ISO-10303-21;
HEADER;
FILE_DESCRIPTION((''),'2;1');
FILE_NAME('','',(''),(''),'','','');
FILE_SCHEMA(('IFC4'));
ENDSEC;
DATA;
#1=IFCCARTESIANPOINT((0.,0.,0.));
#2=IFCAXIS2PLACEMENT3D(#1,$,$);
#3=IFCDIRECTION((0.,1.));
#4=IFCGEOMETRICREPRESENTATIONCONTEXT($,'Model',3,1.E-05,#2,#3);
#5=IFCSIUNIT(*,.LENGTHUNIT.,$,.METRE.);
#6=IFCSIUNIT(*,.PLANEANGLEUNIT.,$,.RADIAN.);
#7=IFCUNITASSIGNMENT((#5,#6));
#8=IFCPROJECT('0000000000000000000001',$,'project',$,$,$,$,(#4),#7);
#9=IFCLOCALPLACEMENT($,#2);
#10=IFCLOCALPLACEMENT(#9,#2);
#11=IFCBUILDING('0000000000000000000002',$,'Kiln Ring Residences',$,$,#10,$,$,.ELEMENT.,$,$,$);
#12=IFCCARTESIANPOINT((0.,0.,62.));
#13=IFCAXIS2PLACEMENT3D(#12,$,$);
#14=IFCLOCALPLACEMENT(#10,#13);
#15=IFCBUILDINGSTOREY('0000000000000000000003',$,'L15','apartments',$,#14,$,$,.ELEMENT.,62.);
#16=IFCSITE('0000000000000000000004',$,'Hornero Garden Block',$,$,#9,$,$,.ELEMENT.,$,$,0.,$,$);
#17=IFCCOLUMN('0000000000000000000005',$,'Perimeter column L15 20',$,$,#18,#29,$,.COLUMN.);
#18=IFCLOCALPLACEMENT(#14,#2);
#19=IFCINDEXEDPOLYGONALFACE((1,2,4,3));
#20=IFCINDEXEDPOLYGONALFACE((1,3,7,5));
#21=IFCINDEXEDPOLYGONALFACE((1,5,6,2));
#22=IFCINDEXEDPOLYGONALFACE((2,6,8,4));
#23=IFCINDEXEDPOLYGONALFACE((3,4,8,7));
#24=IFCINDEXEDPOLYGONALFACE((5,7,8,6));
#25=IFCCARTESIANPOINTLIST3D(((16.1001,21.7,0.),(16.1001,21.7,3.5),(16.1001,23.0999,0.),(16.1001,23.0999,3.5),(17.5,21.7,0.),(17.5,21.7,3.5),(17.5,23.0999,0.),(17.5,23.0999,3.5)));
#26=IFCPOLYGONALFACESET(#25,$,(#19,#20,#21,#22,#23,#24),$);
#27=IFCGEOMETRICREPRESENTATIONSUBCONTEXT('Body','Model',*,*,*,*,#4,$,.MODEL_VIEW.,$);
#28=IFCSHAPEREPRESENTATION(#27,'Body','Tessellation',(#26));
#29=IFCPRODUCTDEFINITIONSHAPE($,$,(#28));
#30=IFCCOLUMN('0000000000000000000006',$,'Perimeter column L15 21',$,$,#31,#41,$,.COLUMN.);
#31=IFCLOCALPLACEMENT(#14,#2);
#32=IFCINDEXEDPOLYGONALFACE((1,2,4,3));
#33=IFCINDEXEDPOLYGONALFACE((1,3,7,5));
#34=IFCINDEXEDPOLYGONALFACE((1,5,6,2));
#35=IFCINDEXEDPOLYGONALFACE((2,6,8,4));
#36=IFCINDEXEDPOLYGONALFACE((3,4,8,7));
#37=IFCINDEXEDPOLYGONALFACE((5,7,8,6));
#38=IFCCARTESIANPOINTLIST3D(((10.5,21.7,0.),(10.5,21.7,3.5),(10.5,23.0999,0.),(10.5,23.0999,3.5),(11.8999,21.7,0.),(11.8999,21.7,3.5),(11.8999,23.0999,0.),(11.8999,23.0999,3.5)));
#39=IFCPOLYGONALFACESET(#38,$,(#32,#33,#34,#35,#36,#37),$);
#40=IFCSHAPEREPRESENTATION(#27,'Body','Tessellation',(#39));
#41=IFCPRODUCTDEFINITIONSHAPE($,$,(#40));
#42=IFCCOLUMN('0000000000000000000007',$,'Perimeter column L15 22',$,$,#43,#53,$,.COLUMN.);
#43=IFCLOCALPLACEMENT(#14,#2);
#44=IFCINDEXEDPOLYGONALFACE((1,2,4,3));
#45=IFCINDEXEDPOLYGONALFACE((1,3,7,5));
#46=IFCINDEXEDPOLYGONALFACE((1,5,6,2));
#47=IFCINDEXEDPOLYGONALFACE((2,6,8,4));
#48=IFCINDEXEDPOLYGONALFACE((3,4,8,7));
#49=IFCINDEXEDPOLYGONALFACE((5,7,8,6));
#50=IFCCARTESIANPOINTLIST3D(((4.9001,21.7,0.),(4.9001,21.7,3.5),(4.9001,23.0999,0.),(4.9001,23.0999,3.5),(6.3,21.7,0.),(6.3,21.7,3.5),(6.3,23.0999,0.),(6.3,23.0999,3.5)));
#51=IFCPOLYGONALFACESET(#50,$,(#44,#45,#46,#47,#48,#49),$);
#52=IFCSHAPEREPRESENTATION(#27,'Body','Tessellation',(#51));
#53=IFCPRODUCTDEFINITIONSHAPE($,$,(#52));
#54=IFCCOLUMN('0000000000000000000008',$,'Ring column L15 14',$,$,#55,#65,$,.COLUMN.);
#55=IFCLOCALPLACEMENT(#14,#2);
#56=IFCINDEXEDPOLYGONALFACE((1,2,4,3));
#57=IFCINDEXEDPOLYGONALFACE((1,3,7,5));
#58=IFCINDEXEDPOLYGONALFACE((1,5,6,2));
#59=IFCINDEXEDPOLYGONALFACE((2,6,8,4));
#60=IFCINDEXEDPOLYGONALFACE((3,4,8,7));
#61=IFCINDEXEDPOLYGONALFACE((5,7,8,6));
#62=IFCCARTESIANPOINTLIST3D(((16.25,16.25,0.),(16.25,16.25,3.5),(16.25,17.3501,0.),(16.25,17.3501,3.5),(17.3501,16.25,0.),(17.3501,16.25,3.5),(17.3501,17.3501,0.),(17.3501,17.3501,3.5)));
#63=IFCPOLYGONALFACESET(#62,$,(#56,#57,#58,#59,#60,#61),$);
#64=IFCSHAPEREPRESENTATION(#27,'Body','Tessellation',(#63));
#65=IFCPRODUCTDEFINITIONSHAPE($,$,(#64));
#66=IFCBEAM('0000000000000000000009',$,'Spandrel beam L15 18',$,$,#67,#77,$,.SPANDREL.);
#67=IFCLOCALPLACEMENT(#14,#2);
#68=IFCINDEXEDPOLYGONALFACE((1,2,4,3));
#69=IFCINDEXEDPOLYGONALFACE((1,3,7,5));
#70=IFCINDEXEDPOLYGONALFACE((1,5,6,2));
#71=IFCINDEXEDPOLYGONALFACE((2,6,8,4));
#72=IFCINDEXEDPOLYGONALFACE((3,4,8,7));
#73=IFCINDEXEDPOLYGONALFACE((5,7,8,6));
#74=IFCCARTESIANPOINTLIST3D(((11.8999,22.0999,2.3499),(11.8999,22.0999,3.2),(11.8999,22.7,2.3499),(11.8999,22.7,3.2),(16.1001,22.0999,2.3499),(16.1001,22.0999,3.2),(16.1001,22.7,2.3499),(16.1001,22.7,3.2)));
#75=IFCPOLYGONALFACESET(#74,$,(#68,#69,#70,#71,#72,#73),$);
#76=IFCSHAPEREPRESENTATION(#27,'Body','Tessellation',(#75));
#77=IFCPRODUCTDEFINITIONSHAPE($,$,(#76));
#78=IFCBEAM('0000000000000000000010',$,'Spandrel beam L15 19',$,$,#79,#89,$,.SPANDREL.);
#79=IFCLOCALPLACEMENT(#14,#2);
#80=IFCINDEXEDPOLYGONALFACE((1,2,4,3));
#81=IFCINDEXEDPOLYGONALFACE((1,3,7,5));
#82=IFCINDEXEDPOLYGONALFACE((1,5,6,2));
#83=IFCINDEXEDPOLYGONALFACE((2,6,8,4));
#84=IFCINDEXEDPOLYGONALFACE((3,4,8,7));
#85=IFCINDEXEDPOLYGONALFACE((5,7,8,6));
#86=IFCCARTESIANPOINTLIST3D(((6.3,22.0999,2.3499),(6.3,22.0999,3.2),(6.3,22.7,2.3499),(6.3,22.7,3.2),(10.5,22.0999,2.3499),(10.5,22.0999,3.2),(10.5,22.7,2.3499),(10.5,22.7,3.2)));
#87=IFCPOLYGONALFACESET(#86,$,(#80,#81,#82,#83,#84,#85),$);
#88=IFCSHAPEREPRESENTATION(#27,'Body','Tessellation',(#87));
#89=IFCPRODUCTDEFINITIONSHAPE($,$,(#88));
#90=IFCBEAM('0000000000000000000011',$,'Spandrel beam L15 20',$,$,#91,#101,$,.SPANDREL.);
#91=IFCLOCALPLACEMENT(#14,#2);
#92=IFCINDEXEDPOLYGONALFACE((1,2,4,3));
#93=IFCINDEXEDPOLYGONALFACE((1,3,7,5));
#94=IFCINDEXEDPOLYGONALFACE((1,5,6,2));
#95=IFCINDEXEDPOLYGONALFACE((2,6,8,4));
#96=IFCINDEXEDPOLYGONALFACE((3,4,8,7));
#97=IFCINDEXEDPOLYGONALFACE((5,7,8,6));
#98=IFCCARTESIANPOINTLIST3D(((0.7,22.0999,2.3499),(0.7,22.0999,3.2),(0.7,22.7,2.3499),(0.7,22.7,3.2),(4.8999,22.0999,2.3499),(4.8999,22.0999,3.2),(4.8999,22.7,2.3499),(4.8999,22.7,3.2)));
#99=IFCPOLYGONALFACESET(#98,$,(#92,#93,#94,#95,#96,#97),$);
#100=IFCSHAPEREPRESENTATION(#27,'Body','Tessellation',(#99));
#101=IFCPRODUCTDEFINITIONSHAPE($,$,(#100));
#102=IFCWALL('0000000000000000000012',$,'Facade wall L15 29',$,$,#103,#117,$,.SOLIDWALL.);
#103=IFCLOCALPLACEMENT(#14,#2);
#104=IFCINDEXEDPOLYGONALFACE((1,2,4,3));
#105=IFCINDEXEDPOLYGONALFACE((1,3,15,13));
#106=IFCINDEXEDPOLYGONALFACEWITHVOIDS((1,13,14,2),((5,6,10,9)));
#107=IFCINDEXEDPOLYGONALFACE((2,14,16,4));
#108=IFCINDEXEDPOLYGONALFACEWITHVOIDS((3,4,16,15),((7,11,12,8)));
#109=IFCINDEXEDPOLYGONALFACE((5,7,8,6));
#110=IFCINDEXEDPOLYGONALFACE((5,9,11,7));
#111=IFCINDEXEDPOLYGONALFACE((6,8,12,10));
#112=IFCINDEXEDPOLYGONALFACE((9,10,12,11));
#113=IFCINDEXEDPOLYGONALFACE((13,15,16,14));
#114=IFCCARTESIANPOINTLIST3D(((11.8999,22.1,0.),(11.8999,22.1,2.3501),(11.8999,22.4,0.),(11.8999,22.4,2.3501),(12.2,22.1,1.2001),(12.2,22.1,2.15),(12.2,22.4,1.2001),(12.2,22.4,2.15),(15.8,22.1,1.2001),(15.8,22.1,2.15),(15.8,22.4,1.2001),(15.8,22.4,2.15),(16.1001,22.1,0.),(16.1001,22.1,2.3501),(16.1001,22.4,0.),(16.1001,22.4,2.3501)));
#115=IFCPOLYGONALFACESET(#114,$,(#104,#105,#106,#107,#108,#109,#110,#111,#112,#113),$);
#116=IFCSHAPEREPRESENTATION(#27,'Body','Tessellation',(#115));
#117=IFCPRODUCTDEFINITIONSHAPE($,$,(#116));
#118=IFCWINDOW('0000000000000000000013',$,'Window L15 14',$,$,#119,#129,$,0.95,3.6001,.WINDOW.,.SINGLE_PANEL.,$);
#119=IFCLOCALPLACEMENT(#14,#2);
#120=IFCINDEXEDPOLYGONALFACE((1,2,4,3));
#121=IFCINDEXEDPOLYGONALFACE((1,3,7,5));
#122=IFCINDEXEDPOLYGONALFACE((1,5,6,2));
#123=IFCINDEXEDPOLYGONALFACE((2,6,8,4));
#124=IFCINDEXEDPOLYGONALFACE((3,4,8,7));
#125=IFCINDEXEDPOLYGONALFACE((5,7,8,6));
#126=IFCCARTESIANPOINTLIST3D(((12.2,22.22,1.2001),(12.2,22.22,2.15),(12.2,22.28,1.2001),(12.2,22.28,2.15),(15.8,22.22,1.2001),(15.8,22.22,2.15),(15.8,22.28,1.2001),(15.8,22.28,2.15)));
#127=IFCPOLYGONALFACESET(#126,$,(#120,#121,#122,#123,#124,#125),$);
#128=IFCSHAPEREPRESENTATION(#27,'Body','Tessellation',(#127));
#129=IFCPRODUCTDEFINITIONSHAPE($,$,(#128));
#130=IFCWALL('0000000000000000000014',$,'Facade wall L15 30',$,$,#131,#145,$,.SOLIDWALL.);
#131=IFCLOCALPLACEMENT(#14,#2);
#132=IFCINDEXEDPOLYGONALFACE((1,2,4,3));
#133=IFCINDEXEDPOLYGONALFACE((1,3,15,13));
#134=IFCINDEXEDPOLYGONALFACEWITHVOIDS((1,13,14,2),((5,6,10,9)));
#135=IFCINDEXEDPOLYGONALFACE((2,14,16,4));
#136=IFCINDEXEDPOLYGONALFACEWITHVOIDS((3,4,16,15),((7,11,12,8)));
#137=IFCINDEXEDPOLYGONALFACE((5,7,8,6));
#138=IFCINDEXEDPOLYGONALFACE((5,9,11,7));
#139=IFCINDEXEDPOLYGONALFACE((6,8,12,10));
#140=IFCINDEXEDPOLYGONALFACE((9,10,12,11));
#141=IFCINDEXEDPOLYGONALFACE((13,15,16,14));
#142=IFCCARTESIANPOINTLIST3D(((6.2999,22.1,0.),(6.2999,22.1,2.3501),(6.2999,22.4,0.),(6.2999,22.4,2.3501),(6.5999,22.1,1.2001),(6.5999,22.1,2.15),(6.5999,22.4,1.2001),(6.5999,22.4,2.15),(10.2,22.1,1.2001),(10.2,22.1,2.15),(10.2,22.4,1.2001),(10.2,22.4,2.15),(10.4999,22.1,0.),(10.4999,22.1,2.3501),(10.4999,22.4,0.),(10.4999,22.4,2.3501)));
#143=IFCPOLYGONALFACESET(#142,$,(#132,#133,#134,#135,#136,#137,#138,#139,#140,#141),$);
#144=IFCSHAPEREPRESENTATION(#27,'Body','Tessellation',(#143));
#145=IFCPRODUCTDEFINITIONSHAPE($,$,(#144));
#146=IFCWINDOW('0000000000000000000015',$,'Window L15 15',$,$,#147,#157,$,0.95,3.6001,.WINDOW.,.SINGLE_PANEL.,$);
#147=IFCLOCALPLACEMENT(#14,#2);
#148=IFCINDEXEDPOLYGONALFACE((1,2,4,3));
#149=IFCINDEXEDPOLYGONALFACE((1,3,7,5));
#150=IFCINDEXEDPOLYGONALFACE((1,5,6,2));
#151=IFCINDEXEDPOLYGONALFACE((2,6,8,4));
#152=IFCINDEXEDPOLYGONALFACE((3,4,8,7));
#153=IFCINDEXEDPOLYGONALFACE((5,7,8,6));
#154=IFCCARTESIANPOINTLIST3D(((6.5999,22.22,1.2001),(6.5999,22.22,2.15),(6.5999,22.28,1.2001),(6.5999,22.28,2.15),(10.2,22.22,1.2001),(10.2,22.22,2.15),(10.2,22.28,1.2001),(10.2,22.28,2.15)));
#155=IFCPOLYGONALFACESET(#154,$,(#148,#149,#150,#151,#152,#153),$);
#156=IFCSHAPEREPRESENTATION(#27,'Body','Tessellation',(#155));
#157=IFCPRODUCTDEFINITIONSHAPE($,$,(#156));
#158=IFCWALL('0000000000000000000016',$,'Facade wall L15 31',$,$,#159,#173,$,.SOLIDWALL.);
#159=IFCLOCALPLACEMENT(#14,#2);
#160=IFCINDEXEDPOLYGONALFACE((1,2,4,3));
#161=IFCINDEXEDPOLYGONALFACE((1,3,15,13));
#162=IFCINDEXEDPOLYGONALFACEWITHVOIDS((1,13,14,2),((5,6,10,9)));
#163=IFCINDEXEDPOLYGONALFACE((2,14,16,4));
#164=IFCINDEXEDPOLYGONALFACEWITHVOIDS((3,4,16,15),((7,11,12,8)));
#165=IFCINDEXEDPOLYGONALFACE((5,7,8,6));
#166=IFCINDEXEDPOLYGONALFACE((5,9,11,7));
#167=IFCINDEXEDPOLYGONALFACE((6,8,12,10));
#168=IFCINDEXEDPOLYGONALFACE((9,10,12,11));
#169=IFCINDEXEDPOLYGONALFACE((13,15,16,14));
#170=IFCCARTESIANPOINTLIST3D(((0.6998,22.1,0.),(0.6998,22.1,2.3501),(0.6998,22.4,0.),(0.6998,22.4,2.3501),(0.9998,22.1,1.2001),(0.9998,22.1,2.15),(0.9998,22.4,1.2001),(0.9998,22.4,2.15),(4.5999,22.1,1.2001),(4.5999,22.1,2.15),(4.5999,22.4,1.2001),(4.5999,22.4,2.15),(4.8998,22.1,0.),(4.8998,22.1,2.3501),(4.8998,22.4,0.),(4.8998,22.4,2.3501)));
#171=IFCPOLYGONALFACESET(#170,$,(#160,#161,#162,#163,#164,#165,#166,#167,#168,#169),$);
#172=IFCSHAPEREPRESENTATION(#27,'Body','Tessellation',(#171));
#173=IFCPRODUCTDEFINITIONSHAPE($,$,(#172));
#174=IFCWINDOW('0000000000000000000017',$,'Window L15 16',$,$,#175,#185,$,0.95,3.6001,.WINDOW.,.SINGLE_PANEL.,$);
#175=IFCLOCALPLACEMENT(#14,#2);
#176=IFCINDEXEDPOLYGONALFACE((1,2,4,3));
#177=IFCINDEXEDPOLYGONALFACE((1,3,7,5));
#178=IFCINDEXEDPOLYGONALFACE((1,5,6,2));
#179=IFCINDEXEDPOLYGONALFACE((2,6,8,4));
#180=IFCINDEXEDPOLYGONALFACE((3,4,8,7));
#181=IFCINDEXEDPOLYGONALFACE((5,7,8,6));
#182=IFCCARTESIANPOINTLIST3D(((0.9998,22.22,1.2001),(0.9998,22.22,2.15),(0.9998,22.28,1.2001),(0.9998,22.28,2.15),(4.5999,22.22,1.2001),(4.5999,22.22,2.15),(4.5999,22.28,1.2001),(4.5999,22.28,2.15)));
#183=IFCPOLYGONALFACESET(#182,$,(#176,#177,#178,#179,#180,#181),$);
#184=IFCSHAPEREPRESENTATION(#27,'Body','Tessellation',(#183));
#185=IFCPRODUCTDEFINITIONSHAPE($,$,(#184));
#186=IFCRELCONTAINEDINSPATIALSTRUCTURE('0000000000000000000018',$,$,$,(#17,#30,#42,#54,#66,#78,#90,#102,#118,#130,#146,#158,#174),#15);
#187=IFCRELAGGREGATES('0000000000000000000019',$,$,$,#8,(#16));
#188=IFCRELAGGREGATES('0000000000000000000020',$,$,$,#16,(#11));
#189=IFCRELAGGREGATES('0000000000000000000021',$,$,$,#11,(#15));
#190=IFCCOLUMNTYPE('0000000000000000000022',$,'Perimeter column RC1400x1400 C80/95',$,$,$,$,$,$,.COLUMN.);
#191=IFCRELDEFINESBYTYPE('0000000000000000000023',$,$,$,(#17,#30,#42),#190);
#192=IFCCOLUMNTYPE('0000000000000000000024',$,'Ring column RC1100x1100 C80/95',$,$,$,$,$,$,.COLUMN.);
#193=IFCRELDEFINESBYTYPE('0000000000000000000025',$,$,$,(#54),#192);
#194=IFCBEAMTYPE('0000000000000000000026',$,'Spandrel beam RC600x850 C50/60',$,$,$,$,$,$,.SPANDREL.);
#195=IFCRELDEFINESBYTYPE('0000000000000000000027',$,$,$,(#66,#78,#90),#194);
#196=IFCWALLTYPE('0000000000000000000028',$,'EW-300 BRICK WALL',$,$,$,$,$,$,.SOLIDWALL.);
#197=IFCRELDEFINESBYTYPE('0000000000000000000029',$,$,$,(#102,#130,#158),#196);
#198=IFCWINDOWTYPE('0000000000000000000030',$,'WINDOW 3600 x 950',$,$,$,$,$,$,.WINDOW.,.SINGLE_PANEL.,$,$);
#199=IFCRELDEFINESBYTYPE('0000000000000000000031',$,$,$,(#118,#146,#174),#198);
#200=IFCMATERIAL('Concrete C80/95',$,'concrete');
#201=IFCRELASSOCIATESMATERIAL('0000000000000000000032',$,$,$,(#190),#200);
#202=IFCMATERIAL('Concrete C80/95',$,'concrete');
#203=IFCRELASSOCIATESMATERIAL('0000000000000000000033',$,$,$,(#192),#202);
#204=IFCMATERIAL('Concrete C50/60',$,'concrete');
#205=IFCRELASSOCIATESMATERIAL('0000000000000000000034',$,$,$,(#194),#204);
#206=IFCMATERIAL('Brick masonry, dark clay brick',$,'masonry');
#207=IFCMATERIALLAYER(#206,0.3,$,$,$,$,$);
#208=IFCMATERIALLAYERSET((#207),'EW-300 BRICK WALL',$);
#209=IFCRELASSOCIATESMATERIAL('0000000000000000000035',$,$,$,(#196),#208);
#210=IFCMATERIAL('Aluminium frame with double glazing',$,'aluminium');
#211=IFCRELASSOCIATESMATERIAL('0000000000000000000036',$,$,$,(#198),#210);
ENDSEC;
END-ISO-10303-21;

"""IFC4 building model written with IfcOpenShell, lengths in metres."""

from ifc_helpers import new_model, si_unit, direction, frame, frame_2d, origin, origin_2d, place, context, subcontext, project, spatial, rectangle, extrude, material, layer, layer_set, material_profile, profile_set, type_object, element, fill, save


model = new_model("IFC4")

# Units and contexts
model_context = context("Model", 3, precision=1e-05, world=origin(), true_north=direction((0.0, 1.0)))
body_context = subcontext(model_context, "Body", "Model", "MODEL_VIEW")
ifc_project = project(units=[si_unit("LENGTHUNIT", "METRE"), si_unit("PLANEANGLEUNIT", "RADIAN")], contexts=[model_context])

# Site, building, storey
site_placement = place(None, origin())
site = spatial("IfcSite", under=ifc_project, at=site_placement, Name="Hornero Garden Block", CompositionType="ELEMENT", RefElevation=0.0)
building_placement = place(site_placement, origin())
building = spatial("IfcBuilding", under=site, at=building_placement, Name="Kiln Ring Residences", CompositionType="ELEMENT")
storey_placement = place(building_placement, frame((0.0, 0.0, 62.0)))
storey = spatial("IfcBuildingStorey", under=building, at=storey_placement, Name="L15", Description="apartments", CompositionType="ELEMENT", Elevation=62.0)

# Columns
ifc_material_1 = material(Name="Concrete C80/95", Category="concrete")
ifc_material_profile_1 = material_profile(ifc_material_1, rectangle(XDim=1.3999, YDim=1.3999, at=origin_2d()), Name="RC1400x1400")
ifc_profile_set_1 = profile_set([ifc_material_profile_1], Name="Concrete C80/95")
column_type_1 = type_object("IfcColumnType", Name="Perimeter column RC1400x1400 C80/95", PredefinedType="COLUMN", material=ifc_profile_set_1)
for number, where, z_axis, x_axis, name in (
    (1, (16.8, 22.3999, 0.0), (0.0, 0.0, 1.0), (1.0, 0.0, 0.0), "Perimeter column L15 20"),
    (2, (11.2, 22.3999, 0.0), (0.0, 0.0, 1.0), (1.0, 0.0, 0.0), "Perimeter column L15 21"),
    (3, (5.6001, 22.3999, 0.0), (0.0, 0.0, 1.0), (1.0, 0.0, 0.0), "Perimeter column L15 22"),
):
    element("IfcColumn", number, at=place(storey_placement, frame(where, z_axis=z_axis, x_axis=x_axis)), inside=storey, type_object=column_type_1, Name=name, PredefinedType="COLUMN", context=body_context, shape_type="SweptSolid", body=[
        extrude(rectangle(XDim=1.3999, YDim=1.3999, at=origin_2d()), origin(), (0.0, 0.0, 1.0), 3.5),
    ])
ifc_material_2 = material(Name="Concrete C80/95", Category="concrete")
ifc_material_profile_2 = material_profile(ifc_material_2, rectangle(XDim=1.1001, YDim=1.1001, at=origin_2d()), Name="RC1100x1100")
ifc_profile_set_2 = profile_set([ifc_material_profile_2], Name="Concrete C80/95")
column_type_2 = type_object("IfcColumnType", Name="Ring column RC1100x1100 C80/95", PredefinedType="COLUMN", material=ifc_profile_set_2)
column_placement = place(storey_placement, frame((16.8, 16.8, 0.0), z_axis=(0.0, 0.0, 1.0), x_axis=(1.0, 0.0, 0.0)))
element("IfcColumn", 4, at=column_placement, inside=storey, type_object=column_type_2, Name="Ring column L15 14", PredefinedType="COLUMN", context=body_context, shape_type="SweptSolid", body=[
    extrude(rectangle(XDim=1.1001, YDim=1.1001, at=origin_2d()), origin(), (0.0, 0.0, 1.0), 3.5),
])

# Beams
ifc_material_3 = material(Name="Concrete C50/60", Category="concrete")
ifc_material_profile_3 = material_profile(ifc_material_3, rectangle(XDim=0.6001, YDim=0.8501, at=origin_2d()), Name="RC600x850")
ifc_profile_set_3 = profile_set([ifc_material_profile_3], Name="Concrete C50/60")
beam_type = type_object("IfcBeamType", Name="Spandrel beam RC600x850 C50/60", PredefinedType="SPANDREL", material=ifc_profile_set_3)
beam_placement = place(storey_placement, frame((16.1001, 22.3999, 2.7749), z_axis=(-1.0, 0.0, 0.0), x_axis=(0.0, -1.0, 0.0)))
element("IfcBeam", 5, at=beam_placement, inside=storey, type_object=beam_type, Name="Spandrel beam L15 18", PredefinedType="SPANDREL", context=body_context, shape_type="SweptSolid", body=[
    extrude(rectangle(XDim=0.6001, YDim=0.8501, at=origin_2d()), origin(), (0.0, 0.0, 1.0), 4.2002),
])
for number, where, z_axis, x_axis, name in (
    (6, (10.5, 22.3999, 2.7749), (-1.0, 0.0, 0.0), (0.0, -1.0, 0.0), "Spandrel beam L15 19"),
    (7, (4.8999, 22.3999, 2.7749), (-1.0, 0.0, 0.0), (0.0, -1.0, 0.0), "Spandrel beam L15 20"),
):
    element("IfcBeam", number, at=place(storey_placement, frame(where, z_axis=z_axis, x_axis=x_axis)), inside=storey, type_object=beam_type, Name=name, PredefinedType="SPANDREL", context=body_context, shape_type="SweptSolid", body=[
        extrude(rectangle(XDim=0.6001, YDim=0.8501, at=origin_2d()), origin(), (0.0, 0.0, 1.0), 4.2),
    ])

# Walls, openings, windows
ifc_material_4 = material(Name="Brick masonry, dark clay brick", Category="masonry")
ifc_layer_1 = layer(ifc_material_4, 0.3)
ifc_layer_set_1 = layer_set([ifc_layer_1], Name="EW-300 BRICK WALL")
wall_type_1 = type_object("IfcWallType", Name="EW-300 BRICK WALL", PredefinedType="SOLIDWALL", material=ifc_layer_set_1)
wall_1_placement = place(storey_placement, frame((16.1001, 22.25, 0.0), z_axis=(0.0, 0.0, 1.0), x_axis=(-1.0, 0.0, 0.0)))
wall_1 = element("IfcWall", 8, at=wall_1_placement, inside=storey, type_object=wall_type_1, Name="Facade wall L15 29", PredefinedType="SOLIDWALL", context=body_context, shape_type="SweptSolid", body=[
    extrude(rectangle(XDim=4.2002, YDim=0.3, at=frame_2d((2.1001, 0.0))), origin(), (0.0, 0.0, 1.0), 2.3501),
])
opening_1_placement = place(wall_1_placement, frame((0.3, 0.0, 1.2)))
opening_1 = element("IfcOpeningElement", 9, at=opening_1_placement, cuts=wall_1, PredefinedType="OPENING", context=body_context, shape_type="SweptSolid", body=[
    extrude(rectangle(XDim=3.6001, YDim=0.95, at=frame_2d((1.8, 0.4751))), frame((0.0, 0.1599, 0.0), z_axis=(0.0, -1.0, 0.0), x_axis=(1.0, 0.0, 0.0)), (0.0, 0.0, 1.0), 0.3201),
])
ifc_material_5 = material(Name="Aluminium frame with double glazing", Category="aluminium")
window_type = type_object("IfcWindowType", Name="WINDOW 3600 x 950", PartitioningType="SINGLE_PANEL", PredefinedType="WINDOW", material=ifc_material_5)
window_1_placement = place(opening_1_placement, origin())
window_1 = element("IfcWindow", 10, at=window_1_placement, inside=storey, type_object=window_type, Name="Window L15 14", OverallHeight=0.95, OverallWidth=3.6001, PartitioningType="SINGLE_PANEL", PredefinedType="WINDOW", context=body_context, shape_type="SweptSolid", body=[
    extrude(rectangle(XDim=3.6001, YDim=0.95, at=frame_2d((1.8, 0.4751))), frame((0.0, 0.03, 0.0), z_axis=(0.0, -1.0, 0.0), x_axis=(1.0, 0.0, 0.0)), (0.0, 0.0, 1.0), 0.0601),
])
fill(opening_1, window_1)
wall_2_placement = place(storey_placement, frame((10.5, 22.25, 0.0), z_axis=(0.0, 0.0, 1.0), x_axis=(-1.0, 0.0, 0.0)))
wall_2 = element("IfcWall", 11, at=wall_2_placement, inside=storey, type_object=wall_type_1, Name="Facade wall L15 30", PredefinedType="SOLIDWALL", context=body_context, shape_type="SweptSolid", body=[
    extrude(rectangle(XDim=4.2, YDim=0.3, at=frame_2d((2.1001, 0.0))), origin(), (0.0, 0.0, 1.0), 2.3501),
])
opening_2_placement = place(wall_2_placement, frame((0.3, 0.0, 1.2)))
opening_2 = element("IfcOpeningElement", 12, at=opening_2_placement, cuts=wall_2, PredefinedType="OPENING", context=body_context, shape_type="SweptSolid", body=[
    extrude(rectangle(XDim=3.6001, YDim=0.95, at=frame_2d((1.8, 0.4751))), frame((0.0, 0.1599, 0.0), z_axis=(0.0, -1.0, 0.0), x_axis=(1.0, 0.0, 0.0)), (0.0, 0.0, 1.0), 0.3201),
])
window_2_placement = place(opening_2_placement, origin())
window_2 = element("IfcWindow", 13, at=window_2_placement, inside=storey, type_object=window_type, Name="Window L15 15", OverallHeight=0.95, OverallWidth=3.6001, PartitioningType="SINGLE_PANEL", PredefinedType="WINDOW", context=body_context, shape_type="SweptSolid", body=[
    extrude(rectangle(XDim=3.6001, YDim=0.95, at=frame_2d((1.8, 0.4751))), frame((0.0, 0.03, 0.0), z_axis=(0.0, -1.0, 0.0), x_axis=(1.0, 0.0, 0.0)), (0.0, 0.0, 1.0), 0.0601),
])
fill(opening_2, window_2)
wall_3_placement = place(storey_placement, frame((4.8999, 22.25, 0.0), z_axis=(0.0, 0.0, 1.0), x_axis=(-1.0, 0.0, 0.0)))
wall_3 = element("IfcWall", 14, at=wall_3_placement, inside=storey, type_object=wall_type_1, Name="Facade wall L15 31", PredefinedType="SOLIDWALL", context=body_context, shape_type="SweptSolid", body=[
    extrude(rectangle(XDim=4.2, YDim=0.3, at=frame_2d((2.1001, 0.0))), origin(), (0.0, 0.0, 1.0), 2.3501),
])
opening_3_placement = place(wall_3_placement, frame((0.3, 0.0, 1.2)))
opening_3 = element("IfcOpeningElement", 15, at=opening_3_placement, cuts=wall_3, PredefinedType="OPENING", context=body_context, shape_type="SweptSolid", body=[
    extrude(rectangle(XDim=3.6001, YDim=0.95, at=frame_2d((1.8, 0.4751))), frame((0.0, 0.1599, 0.0), z_axis=(0.0, -1.0, 0.0), x_axis=(1.0, 0.0, 0.0)), (0.0, 0.0, 1.0), 0.3201),
])
window_3_placement = place(opening_3_placement, origin())
window_3 = element("IfcWindow", 16, at=window_3_placement, inside=storey, type_object=window_type, Name="Window L15 16", OverallHeight=0.95, OverallWidth=3.6001, PartitioningType="SINGLE_PANEL", PredefinedType="WINDOW", context=body_context, shape_type="SweptSolid", body=[
    extrude(rectangle(XDim=3.6001, YDim=0.95, at=frame_2d((1.8, 0.4751))), frame((0.0, 0.03, 0.0), z_axis=(0.0, -1.0, 0.0), x_axis=(1.0, 0.0, 0.0)), (0.0, 0.0, 1.0), 0.0601),
])
fill(opening_3, window_3)

save(model, "model.ifc")
